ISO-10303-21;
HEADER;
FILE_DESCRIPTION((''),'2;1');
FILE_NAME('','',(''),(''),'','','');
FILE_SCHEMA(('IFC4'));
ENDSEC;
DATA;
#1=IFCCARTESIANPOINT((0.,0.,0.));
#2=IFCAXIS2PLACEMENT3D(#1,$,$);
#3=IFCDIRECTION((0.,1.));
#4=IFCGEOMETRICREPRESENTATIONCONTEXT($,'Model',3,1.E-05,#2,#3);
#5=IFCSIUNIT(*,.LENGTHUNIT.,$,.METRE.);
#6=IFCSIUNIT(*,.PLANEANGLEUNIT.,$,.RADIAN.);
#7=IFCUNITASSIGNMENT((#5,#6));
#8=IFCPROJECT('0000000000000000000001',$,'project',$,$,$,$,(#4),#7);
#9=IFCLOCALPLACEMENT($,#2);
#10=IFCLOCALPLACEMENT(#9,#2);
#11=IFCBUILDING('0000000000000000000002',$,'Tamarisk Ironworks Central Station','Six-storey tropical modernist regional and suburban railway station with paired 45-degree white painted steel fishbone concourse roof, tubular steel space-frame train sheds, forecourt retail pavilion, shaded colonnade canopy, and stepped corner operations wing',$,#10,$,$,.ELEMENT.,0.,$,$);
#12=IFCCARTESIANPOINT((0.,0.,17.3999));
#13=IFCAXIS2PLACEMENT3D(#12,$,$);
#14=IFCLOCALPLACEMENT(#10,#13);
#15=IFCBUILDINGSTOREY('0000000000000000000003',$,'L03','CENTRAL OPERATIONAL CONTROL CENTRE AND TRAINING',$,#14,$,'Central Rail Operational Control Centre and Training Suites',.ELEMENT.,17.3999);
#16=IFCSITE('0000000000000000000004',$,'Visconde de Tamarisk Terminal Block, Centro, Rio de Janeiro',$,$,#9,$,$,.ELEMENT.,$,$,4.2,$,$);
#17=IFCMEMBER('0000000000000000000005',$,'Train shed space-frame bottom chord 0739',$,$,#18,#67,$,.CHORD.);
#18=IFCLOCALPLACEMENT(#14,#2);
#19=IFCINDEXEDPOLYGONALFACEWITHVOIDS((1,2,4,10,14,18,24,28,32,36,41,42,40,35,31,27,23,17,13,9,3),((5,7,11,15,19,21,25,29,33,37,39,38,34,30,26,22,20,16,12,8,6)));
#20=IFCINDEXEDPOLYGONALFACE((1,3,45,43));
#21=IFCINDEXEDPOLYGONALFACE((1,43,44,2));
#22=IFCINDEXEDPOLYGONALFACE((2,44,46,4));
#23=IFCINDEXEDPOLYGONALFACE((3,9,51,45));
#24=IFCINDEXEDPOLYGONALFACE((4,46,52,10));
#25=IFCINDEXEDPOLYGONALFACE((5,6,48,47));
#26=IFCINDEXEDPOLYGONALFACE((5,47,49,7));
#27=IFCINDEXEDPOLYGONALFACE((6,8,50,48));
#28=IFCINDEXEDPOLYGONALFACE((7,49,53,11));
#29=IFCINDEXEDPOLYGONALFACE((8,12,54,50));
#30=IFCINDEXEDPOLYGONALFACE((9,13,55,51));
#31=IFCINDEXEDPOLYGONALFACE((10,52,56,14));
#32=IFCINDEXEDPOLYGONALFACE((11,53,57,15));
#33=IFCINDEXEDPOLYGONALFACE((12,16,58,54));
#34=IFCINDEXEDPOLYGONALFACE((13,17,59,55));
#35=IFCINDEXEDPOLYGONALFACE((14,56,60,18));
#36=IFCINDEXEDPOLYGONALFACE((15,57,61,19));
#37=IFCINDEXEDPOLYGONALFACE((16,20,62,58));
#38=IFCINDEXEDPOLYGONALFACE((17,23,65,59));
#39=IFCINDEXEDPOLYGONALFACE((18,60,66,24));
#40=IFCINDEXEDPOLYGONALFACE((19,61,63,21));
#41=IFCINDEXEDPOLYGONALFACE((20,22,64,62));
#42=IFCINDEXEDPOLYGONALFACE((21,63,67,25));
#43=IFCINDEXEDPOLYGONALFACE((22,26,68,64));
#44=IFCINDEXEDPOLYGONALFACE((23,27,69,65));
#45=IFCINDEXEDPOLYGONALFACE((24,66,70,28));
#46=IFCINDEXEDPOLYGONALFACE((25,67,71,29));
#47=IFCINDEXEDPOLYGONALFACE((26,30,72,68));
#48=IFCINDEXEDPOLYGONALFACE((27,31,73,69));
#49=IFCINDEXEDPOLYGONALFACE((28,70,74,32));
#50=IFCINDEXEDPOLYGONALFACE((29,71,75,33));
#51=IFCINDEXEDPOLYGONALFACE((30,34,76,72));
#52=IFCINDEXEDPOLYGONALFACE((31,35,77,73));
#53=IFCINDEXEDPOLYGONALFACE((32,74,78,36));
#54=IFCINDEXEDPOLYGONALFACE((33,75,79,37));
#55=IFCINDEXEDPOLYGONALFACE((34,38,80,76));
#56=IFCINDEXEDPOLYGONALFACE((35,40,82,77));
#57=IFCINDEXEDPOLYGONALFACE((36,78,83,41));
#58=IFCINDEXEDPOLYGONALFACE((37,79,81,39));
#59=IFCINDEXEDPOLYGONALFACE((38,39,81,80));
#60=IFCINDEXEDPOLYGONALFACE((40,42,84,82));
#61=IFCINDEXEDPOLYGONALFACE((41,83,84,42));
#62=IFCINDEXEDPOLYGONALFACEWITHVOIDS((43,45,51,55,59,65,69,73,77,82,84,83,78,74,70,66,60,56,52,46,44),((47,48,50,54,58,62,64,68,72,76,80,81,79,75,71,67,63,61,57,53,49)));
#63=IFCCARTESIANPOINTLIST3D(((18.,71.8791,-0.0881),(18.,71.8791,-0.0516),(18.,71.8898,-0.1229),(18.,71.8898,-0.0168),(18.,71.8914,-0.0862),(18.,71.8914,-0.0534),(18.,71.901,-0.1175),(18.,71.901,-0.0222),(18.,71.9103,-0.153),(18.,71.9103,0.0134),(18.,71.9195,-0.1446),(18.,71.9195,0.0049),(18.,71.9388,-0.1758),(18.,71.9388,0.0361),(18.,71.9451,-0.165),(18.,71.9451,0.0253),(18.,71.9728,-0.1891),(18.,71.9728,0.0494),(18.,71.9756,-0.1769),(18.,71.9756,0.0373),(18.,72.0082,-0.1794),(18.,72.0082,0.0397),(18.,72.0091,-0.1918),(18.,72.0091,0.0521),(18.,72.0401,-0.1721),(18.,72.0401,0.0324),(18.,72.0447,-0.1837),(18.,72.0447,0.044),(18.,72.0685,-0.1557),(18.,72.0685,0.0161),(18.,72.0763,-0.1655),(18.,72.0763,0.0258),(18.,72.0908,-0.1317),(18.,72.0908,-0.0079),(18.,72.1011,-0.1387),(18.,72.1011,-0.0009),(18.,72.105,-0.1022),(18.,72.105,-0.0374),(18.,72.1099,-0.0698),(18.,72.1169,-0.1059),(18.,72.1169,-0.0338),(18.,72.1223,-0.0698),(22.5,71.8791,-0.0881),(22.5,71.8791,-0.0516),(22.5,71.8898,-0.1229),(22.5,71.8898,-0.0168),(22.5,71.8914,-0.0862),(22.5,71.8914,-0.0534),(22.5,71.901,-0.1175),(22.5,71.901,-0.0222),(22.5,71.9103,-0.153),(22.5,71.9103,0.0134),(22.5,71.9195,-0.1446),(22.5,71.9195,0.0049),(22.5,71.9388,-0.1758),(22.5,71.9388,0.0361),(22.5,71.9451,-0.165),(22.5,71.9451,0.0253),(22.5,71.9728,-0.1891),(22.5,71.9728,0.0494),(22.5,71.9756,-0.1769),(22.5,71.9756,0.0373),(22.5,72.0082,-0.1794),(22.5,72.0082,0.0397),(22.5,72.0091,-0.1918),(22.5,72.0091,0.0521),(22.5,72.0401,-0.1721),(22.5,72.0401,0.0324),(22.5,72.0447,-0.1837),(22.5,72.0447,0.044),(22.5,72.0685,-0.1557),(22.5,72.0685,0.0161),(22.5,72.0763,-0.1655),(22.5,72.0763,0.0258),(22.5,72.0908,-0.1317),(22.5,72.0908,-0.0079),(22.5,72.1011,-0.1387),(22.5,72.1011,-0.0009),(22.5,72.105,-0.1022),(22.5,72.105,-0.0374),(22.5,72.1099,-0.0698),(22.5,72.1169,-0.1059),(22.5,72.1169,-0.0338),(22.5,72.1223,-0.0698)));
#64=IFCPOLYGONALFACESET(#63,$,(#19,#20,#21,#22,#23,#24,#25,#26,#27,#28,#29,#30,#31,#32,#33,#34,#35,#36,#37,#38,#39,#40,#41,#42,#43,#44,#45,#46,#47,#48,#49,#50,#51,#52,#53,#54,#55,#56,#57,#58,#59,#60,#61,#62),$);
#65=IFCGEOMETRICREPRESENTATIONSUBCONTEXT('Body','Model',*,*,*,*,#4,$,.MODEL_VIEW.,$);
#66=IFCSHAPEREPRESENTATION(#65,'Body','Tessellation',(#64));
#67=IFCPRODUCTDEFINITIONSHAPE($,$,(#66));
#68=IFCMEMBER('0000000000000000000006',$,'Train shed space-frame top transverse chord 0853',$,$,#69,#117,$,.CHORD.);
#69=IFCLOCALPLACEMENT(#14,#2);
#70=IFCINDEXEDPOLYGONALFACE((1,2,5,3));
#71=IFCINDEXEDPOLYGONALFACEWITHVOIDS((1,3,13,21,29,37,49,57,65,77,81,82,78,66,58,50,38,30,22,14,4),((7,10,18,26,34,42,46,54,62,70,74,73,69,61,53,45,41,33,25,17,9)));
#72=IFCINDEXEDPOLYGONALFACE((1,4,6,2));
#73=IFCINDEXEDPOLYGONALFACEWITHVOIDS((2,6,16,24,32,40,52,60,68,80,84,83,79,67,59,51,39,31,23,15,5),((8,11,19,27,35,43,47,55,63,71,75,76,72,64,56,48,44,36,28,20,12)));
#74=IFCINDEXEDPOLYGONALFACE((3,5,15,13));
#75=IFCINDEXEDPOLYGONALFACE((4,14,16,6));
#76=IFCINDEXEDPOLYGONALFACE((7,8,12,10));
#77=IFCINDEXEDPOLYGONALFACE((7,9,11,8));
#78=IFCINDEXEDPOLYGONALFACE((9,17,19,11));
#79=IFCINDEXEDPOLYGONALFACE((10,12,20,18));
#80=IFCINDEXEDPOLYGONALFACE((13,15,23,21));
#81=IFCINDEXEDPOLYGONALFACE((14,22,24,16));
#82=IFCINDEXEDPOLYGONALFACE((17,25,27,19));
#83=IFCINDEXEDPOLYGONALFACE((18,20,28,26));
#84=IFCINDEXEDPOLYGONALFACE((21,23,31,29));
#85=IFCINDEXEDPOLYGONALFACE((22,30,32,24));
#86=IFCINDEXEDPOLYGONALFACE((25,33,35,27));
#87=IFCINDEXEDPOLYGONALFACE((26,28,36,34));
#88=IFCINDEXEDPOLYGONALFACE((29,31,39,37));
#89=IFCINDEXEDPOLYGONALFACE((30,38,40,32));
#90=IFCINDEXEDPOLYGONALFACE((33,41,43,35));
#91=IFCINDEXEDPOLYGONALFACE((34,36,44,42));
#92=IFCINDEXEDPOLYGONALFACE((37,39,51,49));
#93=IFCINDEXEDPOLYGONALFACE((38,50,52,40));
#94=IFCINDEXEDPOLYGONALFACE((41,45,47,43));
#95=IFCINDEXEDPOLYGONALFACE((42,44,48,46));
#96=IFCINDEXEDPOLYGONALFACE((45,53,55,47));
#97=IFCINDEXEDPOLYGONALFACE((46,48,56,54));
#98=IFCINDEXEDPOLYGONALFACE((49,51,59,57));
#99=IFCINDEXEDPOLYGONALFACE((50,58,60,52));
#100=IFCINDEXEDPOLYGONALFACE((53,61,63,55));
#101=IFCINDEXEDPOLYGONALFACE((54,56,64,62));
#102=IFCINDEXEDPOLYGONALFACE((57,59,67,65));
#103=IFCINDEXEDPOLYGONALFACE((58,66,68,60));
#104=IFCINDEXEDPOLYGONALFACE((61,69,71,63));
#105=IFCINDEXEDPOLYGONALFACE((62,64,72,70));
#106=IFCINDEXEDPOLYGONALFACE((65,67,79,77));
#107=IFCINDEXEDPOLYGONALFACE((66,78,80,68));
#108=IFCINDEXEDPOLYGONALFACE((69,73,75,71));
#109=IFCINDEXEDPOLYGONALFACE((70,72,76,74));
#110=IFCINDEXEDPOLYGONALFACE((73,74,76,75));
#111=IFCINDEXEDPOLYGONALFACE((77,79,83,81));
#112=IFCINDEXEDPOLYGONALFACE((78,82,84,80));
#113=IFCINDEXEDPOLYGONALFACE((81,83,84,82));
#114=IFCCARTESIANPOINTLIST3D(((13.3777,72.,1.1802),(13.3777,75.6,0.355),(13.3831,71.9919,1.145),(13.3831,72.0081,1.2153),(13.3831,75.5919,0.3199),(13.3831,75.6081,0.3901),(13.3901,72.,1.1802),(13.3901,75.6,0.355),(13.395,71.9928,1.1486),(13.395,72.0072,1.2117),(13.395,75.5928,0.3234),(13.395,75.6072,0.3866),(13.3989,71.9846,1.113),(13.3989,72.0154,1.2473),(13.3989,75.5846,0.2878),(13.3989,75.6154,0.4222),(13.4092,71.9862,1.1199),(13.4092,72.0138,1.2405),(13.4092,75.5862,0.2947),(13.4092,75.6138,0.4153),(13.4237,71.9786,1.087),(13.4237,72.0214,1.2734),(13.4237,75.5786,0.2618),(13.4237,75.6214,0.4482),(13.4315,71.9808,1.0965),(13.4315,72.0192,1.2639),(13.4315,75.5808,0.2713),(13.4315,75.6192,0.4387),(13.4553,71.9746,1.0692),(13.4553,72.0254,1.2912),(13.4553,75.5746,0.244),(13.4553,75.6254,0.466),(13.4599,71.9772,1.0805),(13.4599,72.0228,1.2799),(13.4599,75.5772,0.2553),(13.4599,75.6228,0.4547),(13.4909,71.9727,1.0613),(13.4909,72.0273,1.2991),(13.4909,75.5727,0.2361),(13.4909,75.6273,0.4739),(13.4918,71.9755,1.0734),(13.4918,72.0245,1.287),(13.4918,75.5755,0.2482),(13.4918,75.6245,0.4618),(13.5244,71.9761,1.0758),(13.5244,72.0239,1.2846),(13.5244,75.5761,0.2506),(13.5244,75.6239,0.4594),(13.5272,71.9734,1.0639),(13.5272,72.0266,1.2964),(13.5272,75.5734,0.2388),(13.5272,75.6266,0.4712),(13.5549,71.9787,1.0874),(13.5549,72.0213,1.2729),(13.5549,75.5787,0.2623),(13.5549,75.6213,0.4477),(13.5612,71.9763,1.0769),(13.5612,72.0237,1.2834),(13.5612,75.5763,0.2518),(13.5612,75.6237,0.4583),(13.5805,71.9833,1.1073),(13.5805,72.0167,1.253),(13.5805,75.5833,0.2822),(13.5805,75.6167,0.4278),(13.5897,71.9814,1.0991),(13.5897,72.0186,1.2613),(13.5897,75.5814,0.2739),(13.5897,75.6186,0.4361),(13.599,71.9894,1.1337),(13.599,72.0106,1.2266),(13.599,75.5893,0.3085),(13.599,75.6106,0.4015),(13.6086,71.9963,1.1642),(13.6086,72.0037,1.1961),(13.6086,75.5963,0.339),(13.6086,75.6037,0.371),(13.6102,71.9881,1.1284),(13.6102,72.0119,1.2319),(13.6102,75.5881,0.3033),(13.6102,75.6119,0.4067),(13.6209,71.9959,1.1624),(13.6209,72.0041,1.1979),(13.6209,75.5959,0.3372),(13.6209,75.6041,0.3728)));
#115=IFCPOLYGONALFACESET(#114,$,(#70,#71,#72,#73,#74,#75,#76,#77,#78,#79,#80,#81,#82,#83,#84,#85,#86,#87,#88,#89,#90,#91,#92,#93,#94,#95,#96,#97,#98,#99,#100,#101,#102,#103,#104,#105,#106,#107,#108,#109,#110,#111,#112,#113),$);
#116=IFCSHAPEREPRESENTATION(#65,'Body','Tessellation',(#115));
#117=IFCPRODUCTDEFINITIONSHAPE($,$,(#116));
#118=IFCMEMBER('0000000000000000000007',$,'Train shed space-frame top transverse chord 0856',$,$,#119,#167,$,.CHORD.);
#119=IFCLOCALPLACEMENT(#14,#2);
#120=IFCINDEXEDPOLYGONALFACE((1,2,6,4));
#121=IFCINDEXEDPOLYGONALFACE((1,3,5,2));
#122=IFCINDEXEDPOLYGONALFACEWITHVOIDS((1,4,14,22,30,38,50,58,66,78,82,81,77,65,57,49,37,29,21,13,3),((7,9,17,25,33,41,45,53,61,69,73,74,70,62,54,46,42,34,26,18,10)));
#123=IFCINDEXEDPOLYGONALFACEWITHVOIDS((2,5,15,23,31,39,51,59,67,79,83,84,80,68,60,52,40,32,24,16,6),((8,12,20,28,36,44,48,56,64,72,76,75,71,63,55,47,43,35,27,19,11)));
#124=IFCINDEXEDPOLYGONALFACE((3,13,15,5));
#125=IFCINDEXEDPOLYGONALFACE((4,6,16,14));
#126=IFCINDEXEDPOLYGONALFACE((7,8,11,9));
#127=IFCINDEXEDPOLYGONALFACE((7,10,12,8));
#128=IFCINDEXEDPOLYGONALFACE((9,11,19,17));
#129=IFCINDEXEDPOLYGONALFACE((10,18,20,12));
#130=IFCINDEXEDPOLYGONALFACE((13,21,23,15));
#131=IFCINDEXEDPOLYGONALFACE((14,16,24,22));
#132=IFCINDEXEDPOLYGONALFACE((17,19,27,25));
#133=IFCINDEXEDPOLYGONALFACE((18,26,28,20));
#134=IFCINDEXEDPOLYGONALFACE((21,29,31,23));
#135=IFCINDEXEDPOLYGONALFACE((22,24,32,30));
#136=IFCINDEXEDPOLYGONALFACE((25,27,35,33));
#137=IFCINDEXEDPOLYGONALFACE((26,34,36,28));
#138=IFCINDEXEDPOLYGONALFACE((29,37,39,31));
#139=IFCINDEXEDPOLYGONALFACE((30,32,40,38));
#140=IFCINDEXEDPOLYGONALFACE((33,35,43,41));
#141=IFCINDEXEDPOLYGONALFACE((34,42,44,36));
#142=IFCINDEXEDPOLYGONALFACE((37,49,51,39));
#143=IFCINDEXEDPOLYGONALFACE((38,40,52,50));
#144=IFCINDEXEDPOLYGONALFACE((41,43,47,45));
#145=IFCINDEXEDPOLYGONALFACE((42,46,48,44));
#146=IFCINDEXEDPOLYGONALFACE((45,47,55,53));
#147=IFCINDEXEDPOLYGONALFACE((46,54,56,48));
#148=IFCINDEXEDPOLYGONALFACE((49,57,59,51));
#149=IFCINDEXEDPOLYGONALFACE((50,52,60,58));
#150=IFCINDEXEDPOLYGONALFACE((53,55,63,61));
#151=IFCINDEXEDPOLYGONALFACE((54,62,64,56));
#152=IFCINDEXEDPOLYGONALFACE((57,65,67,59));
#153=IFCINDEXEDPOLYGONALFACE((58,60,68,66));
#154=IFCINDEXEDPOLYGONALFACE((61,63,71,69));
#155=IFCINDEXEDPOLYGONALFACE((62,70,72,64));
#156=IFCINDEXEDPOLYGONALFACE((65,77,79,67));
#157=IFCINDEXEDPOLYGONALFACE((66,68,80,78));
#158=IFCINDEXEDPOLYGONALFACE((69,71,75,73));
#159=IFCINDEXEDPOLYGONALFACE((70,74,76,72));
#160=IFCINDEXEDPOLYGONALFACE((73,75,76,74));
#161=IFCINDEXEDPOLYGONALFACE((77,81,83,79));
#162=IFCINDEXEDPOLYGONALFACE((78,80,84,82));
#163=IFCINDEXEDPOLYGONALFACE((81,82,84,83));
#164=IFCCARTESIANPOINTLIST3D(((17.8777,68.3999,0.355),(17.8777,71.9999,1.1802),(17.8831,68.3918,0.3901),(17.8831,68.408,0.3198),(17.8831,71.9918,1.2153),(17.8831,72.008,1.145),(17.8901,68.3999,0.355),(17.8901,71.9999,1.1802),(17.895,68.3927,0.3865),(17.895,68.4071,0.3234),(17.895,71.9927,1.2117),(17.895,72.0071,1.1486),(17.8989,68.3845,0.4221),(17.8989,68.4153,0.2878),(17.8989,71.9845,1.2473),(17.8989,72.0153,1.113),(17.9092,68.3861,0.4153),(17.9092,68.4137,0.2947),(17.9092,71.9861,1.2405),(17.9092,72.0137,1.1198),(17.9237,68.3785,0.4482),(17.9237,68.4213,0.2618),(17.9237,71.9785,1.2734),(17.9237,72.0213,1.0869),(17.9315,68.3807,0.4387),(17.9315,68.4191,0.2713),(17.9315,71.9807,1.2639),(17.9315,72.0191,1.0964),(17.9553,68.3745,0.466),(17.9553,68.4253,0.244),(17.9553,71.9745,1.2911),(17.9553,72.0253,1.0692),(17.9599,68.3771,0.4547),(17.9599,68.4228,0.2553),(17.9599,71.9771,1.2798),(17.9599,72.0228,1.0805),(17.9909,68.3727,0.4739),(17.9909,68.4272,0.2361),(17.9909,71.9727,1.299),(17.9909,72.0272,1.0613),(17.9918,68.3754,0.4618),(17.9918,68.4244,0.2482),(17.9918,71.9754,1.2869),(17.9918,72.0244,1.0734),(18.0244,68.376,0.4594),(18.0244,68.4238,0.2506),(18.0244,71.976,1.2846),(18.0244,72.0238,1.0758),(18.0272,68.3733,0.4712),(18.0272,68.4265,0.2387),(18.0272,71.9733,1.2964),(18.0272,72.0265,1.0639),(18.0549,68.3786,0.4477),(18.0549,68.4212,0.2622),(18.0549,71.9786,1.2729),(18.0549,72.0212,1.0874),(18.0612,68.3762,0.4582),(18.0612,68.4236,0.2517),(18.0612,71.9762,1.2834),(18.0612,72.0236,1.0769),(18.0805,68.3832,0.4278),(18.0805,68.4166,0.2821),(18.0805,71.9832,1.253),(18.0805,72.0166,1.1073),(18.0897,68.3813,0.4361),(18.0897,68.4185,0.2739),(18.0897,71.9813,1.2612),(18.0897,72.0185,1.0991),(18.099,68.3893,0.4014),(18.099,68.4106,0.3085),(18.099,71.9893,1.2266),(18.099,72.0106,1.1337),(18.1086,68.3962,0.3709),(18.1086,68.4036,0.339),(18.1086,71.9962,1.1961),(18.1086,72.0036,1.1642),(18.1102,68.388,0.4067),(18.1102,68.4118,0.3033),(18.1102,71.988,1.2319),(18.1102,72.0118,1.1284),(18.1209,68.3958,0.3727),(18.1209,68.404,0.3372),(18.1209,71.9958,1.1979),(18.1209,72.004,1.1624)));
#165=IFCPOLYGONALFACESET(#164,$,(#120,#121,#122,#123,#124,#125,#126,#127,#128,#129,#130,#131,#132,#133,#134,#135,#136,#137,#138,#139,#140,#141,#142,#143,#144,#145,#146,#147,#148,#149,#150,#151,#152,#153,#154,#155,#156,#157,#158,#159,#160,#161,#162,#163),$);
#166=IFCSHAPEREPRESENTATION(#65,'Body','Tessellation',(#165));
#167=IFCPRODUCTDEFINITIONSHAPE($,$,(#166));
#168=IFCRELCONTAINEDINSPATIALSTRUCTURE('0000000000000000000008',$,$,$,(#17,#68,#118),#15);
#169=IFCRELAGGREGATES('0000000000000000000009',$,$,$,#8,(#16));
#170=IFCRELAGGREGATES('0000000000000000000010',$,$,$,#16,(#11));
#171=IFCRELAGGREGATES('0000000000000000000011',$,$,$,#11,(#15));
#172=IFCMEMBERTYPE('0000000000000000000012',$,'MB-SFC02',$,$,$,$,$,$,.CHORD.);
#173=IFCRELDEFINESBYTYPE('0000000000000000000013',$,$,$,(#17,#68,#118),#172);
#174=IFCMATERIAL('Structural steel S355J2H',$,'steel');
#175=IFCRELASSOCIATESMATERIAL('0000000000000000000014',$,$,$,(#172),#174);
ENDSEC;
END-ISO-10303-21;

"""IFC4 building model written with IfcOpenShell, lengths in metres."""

from ifc_helpers import new_model, si_unit, direction, frame, origin, origin_2d, place, context, subcontext, project, spatial, hollow_circle, extrude, material, material_profile, profile_set, type_object, element, save


model = new_model("IFC4")

# Units and contexts
model_context = context("Model", 3, precision=1e-05, world=origin(), true_north=direction((0.0, 1.0)))
body_context = subcontext(model_context, "Body", "Model", "MODEL_VIEW")
ifc_project = project(units=[si_unit("LENGTHUNIT", "METRE"), si_unit("PLANEANGLEUNIT", "RADIAN")], contexts=[model_context])

# Site, building, storey
site_placement = place(None, origin())
site = spatial("IfcSite", under=ifc_project, at=site_placement, Name="Visconde de Tamarisk Terminal Block, Centro, Rio de Janeiro", CompositionType="ELEMENT", RefElevation=4.2)
building_placement = place(site_placement, origin())
building = spatial("IfcBuilding", under=site, at=building_placement, Name="Tamarisk Ironworks Central Station", Description="Six-storey tropical modernist regional and suburban railway station with paired 45-degree white painted steel fishbone concourse roof, tubular steel space-frame train sheds, forecourt retail pavilion, shaded colonnade canopy, and stepped corner operations wing", CompositionType="ELEMENT", ElevationOfRefHeight=0.0)
storey_placement = place(building_placement, frame((0.0, 0.0, 17.3999)))
storey = spatial("IfcBuildingStorey", under=building, at=storey_placement, Name="L03", Description="CENTRAL OPERATIONAL CONTROL CENTRE AND TRAINING", LongName="Central Rail Operational Control Centre and Training Suites", CompositionType="ELEMENT", Elevation=17.3999)

# Members
ifc_material = material(Name="Structural steel S355J2H", Category="steel")
ifc_material_profile_1 = material_profile(ifc_material, hollow_circle(Radius=0.1223, WallThickness=0.0125, at=origin_2d()), Name="CHS 244.5x12.5")
ifc_profile_set_1 = profile_set([ifc_material_profile_1], Name="Structural steel S355J2H")
member_type_1 = type_object("IfcMemberType", Name="MB-SFC02", PredefinedType="CHORD", material=ifc_profile_set_1)
for number, where, z_axis, x_axis, name in (
    (1, (18.0, 72.0, -0.0698), (1.0, 0.0, 0.0), (0.0, 1.0, 0.0), "Train shed space-frame bottom chord 0739"),
):
    element("IfcMember", number, at=place(storey_placement, frame(where, z_axis=z_axis, x_axis=x_axis)), inside=storey, type_object=member_type_1, Name=name, PredefinedType="CHORD", context=body_context, shape_type="SweptSolid", body=[
        extrude(hollow_circle(Radius=0.1223, WallThickness=0.0125, at=origin_2d()), origin(), (0.0, 0.0, 1.0), 4.5),
    ])
for number, where, z_axis, x_axis, name in (
    (2, (13.5, 72.0, 1.1802), (0.0, 0.974722, -0.223421), (-1.0, 0.0, 0.0), "Train shed space-frame top transverse chord 0853"),
    (3, (18.0, 68.3999, 0.355), (0.0, 0.974722, 0.223421), (-1.0, 0.0, 0.0), "Train shed space-frame top transverse chord 0856"),
):
    element("IfcMember", number, at=place(storey_placement, frame(where, z_axis=z_axis, x_axis=x_axis)), inside=storey, type_object=member_type_1, Name=name, PredefinedType="CHORD", context=body_context, shape_type="SweptSolid", body=[
        extrude(hollow_circle(Radius=0.1223, WallThickness=0.0125, at=origin_2d()), origin(), (0.0, 0.0, 1.0), 3.6934),
    ])

save(model, "model.ifc")
